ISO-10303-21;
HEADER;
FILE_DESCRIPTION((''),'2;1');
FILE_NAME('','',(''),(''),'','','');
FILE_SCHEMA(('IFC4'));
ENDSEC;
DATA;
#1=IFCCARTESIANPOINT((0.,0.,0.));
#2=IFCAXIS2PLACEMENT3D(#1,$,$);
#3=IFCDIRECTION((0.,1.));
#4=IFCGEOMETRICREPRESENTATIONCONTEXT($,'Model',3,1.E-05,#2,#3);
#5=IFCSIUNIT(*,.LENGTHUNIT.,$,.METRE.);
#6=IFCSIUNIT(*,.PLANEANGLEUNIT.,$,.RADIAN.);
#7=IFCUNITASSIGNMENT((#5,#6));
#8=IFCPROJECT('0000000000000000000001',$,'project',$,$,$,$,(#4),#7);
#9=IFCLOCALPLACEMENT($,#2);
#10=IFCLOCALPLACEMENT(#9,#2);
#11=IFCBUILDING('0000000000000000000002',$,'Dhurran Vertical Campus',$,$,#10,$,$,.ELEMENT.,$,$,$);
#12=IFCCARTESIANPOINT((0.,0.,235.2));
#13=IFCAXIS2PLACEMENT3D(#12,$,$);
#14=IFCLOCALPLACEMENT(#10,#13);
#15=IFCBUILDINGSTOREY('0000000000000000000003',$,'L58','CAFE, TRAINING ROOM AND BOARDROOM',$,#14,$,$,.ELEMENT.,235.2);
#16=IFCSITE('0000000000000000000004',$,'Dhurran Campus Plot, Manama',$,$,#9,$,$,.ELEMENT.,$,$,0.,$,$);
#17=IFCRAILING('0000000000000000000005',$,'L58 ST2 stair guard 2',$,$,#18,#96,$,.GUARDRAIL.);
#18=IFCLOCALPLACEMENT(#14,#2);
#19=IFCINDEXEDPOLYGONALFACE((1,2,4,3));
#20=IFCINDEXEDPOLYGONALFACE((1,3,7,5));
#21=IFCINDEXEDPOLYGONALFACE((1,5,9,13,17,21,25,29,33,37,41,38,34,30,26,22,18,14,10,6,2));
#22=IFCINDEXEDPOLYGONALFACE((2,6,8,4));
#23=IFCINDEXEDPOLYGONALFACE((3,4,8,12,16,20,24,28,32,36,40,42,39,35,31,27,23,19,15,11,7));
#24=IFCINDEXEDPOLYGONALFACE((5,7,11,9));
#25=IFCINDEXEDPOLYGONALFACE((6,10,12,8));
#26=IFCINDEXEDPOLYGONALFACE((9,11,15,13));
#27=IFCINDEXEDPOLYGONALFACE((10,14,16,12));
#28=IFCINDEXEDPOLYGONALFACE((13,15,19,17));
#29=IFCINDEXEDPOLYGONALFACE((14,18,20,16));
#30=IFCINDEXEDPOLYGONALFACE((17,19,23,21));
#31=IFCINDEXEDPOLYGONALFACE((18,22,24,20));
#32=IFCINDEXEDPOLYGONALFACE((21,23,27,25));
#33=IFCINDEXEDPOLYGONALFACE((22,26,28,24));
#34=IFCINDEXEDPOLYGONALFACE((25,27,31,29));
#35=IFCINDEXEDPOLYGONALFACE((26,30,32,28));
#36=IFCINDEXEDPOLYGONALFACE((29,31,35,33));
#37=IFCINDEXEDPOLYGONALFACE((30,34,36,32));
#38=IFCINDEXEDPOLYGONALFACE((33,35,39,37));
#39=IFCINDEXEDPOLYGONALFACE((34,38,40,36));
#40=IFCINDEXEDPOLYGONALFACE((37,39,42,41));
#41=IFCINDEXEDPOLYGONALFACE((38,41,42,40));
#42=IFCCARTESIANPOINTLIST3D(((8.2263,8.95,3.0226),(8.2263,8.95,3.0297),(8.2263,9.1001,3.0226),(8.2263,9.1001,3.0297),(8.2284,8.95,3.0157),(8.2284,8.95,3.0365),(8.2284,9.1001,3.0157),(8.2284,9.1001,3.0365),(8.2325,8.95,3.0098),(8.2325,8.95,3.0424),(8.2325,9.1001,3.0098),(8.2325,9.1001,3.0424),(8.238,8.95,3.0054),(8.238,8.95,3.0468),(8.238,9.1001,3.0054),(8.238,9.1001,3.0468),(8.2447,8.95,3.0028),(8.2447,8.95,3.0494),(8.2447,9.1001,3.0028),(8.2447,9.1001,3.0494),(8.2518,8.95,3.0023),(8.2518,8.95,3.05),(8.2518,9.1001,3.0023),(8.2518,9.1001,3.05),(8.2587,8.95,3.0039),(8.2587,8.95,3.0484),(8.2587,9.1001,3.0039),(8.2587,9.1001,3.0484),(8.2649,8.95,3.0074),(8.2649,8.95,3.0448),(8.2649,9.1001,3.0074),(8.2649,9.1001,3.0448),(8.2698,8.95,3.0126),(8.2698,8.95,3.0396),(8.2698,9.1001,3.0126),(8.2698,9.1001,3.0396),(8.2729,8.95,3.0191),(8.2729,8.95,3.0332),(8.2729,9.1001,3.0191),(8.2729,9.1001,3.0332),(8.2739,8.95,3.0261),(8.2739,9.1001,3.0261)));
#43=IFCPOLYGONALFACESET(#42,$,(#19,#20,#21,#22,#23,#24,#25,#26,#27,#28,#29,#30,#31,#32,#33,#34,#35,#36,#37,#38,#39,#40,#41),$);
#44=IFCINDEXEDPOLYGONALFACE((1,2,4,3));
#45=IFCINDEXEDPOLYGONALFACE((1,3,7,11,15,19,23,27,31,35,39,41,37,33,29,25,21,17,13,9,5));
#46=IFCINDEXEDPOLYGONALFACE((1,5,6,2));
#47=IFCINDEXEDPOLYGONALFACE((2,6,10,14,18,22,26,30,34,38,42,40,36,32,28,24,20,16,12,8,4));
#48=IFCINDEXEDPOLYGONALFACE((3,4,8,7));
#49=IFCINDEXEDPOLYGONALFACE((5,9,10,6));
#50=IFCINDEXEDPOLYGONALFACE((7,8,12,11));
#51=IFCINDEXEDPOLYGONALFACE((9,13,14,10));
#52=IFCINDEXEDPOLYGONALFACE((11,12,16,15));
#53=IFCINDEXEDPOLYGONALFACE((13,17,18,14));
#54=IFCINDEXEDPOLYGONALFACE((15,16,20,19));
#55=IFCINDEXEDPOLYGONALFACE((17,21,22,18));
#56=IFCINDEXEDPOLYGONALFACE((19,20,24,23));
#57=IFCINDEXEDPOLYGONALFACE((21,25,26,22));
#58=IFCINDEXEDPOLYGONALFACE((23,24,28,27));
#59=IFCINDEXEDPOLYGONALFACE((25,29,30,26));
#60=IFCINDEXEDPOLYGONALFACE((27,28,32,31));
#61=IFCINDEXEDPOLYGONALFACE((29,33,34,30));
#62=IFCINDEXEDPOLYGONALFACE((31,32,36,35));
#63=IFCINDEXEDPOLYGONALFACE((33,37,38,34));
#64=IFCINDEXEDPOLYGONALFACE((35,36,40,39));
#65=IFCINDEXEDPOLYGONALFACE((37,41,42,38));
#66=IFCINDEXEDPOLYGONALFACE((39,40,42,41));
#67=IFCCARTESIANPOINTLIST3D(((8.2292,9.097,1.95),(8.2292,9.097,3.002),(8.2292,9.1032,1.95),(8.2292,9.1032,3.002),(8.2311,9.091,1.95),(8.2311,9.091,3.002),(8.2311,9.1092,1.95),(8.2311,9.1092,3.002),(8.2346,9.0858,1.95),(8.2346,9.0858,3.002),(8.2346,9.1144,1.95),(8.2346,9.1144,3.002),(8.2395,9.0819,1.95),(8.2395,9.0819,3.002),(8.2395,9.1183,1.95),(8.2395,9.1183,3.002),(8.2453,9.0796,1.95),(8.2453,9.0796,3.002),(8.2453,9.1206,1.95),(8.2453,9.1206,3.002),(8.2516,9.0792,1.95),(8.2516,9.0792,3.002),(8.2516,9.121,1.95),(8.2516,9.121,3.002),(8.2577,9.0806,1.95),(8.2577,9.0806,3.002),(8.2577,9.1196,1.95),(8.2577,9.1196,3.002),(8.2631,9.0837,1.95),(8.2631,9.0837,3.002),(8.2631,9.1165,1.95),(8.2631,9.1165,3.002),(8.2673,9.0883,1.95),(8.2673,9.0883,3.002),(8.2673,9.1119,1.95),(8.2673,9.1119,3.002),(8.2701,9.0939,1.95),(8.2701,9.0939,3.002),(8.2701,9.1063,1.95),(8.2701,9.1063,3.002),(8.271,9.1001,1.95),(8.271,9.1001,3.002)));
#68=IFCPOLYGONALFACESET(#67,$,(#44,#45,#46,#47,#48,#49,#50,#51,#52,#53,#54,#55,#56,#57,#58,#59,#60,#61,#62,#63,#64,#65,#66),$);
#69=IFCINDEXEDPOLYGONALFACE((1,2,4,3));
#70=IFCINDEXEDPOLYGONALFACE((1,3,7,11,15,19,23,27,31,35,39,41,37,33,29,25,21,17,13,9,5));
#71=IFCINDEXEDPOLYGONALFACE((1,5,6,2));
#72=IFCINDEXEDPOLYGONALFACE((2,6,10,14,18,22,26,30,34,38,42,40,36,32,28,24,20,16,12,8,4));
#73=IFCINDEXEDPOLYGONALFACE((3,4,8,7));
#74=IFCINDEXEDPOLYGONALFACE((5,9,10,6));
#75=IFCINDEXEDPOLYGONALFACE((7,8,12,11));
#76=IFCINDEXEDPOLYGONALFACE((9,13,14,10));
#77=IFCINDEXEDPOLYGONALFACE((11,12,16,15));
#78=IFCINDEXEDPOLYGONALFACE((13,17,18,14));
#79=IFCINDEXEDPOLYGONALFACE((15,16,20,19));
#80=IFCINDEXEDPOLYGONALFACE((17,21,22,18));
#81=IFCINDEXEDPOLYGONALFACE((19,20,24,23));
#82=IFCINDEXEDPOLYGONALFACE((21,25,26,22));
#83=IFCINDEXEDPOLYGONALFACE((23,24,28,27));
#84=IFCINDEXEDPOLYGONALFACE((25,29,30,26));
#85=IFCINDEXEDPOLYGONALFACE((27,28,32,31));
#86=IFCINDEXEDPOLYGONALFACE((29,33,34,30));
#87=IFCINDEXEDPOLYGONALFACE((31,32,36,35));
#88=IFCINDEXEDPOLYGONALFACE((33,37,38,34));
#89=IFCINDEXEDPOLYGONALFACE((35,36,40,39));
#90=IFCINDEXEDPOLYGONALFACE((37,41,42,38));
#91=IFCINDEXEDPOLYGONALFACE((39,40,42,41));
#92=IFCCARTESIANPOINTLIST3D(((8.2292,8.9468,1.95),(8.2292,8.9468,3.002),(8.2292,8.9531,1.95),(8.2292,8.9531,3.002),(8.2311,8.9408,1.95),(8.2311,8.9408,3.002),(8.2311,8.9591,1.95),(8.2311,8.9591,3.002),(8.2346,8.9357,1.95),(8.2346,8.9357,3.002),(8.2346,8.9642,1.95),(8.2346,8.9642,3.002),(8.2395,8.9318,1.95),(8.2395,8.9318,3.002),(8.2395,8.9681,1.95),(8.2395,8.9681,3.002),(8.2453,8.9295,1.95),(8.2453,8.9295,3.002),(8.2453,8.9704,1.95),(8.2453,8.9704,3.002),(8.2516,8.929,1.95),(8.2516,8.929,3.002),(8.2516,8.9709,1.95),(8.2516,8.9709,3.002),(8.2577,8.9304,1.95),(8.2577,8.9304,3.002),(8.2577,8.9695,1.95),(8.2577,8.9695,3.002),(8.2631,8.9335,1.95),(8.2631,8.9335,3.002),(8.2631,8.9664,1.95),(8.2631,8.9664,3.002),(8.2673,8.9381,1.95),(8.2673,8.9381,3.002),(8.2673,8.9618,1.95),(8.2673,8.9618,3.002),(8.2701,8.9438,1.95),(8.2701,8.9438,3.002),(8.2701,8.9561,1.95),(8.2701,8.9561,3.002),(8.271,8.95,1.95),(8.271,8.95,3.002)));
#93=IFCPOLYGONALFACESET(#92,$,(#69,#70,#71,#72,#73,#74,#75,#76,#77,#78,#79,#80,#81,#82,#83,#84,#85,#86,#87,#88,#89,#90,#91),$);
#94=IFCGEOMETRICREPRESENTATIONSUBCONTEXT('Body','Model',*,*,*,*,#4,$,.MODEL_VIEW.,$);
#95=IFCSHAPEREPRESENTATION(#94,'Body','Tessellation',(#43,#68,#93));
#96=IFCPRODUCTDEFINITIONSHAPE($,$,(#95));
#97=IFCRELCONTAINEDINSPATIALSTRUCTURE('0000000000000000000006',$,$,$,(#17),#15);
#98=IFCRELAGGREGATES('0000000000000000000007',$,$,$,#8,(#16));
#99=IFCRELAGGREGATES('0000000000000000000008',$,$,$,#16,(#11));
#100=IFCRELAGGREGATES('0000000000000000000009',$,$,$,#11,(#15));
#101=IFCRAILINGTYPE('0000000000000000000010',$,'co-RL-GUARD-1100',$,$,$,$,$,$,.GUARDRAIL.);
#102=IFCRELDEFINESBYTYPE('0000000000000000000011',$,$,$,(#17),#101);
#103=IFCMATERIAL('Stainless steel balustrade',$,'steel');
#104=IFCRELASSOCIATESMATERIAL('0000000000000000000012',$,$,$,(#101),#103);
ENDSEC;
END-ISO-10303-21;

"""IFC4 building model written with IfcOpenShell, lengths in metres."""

from ifc_helpers import new_model, si_unit, direction, frame, origin, origin_2d, place, context, subcontext, project, spatial, circle, extrude, material, type_object, element, save


model = new_model("IFC4")

# Units and contexts
model_context = context("Model", 3, precision=1e-05, world=origin(), true_north=direction((0.0, 1.0)))
body_context = subcontext(model_context, "Body", "Model", "MODEL_VIEW")
ifc_project = project(units=[si_unit("LENGTHUNIT", "METRE"), si_unit("PLANEANGLEUNIT", "RADIAN")], contexts=[model_context])

# Site, building, storey
site_placement = place(None, origin())
site = spatial("IfcSite", under=ifc_project, at=site_placement, Name="Dhurran Campus Plot, Manama", CompositionType="ELEMENT", RefElevation=0.0)
building_placement = place(site_placement, origin())
building = spatial("IfcBuilding", under=site, at=building_placement, Name="Dhurran Vertical Campus", CompositionType="ELEMENT")
storey_placement = place(building_placement, frame((0.0, 0.0, 235.2)))
storey = spatial("IfcBuildingStorey", under=building, at=storey_placement, Name="L58", Description="CAFE, TRAINING ROOM AND BOARDROOM", CompositionType="ELEMENT", Elevation=235.2)

# Railing
ifc_material_1 = material(Name="Stainless steel balustrade", Category="steel")
railing_type_1 = type_object("IfcRailingType", Name="co-RL-GUARD-1100", PredefinedType="GUARDRAIL", material=ifc_material_1)
railing_1_placement = place(storey_placement, frame((8.25, 9.1001, 1.95)))
element("IfcRailing", 1, at=railing_1_placement, inside=storey, type_object=railing_type_1, Name="L58 ST2 stair guard 2", PredefinedType="GUARDRAIL", context=body_context, shape_type="SweptSolid", body=[
    extrude(circle(Radius=0.0239, at=origin_2d()), frame((0.0, 0.0, 1.0762), z_axis=(0.0, -1.0, 0.0), x_axis=(1.0, 0.0, 0.0)), (0.0, 0.0, 1.0), 0.1501),
    extrude(circle(Radius=0.021, at=origin_2d()), origin(), (0.0, 0.0, 1.0), 1.052),
    extrude(circle(Radius=0.021, at=origin_2d()), frame((0.0, -0.1501, 0.0)), (0.0, 0.0, 1.0), 1.052),
])

save(model, "model.ifc")
